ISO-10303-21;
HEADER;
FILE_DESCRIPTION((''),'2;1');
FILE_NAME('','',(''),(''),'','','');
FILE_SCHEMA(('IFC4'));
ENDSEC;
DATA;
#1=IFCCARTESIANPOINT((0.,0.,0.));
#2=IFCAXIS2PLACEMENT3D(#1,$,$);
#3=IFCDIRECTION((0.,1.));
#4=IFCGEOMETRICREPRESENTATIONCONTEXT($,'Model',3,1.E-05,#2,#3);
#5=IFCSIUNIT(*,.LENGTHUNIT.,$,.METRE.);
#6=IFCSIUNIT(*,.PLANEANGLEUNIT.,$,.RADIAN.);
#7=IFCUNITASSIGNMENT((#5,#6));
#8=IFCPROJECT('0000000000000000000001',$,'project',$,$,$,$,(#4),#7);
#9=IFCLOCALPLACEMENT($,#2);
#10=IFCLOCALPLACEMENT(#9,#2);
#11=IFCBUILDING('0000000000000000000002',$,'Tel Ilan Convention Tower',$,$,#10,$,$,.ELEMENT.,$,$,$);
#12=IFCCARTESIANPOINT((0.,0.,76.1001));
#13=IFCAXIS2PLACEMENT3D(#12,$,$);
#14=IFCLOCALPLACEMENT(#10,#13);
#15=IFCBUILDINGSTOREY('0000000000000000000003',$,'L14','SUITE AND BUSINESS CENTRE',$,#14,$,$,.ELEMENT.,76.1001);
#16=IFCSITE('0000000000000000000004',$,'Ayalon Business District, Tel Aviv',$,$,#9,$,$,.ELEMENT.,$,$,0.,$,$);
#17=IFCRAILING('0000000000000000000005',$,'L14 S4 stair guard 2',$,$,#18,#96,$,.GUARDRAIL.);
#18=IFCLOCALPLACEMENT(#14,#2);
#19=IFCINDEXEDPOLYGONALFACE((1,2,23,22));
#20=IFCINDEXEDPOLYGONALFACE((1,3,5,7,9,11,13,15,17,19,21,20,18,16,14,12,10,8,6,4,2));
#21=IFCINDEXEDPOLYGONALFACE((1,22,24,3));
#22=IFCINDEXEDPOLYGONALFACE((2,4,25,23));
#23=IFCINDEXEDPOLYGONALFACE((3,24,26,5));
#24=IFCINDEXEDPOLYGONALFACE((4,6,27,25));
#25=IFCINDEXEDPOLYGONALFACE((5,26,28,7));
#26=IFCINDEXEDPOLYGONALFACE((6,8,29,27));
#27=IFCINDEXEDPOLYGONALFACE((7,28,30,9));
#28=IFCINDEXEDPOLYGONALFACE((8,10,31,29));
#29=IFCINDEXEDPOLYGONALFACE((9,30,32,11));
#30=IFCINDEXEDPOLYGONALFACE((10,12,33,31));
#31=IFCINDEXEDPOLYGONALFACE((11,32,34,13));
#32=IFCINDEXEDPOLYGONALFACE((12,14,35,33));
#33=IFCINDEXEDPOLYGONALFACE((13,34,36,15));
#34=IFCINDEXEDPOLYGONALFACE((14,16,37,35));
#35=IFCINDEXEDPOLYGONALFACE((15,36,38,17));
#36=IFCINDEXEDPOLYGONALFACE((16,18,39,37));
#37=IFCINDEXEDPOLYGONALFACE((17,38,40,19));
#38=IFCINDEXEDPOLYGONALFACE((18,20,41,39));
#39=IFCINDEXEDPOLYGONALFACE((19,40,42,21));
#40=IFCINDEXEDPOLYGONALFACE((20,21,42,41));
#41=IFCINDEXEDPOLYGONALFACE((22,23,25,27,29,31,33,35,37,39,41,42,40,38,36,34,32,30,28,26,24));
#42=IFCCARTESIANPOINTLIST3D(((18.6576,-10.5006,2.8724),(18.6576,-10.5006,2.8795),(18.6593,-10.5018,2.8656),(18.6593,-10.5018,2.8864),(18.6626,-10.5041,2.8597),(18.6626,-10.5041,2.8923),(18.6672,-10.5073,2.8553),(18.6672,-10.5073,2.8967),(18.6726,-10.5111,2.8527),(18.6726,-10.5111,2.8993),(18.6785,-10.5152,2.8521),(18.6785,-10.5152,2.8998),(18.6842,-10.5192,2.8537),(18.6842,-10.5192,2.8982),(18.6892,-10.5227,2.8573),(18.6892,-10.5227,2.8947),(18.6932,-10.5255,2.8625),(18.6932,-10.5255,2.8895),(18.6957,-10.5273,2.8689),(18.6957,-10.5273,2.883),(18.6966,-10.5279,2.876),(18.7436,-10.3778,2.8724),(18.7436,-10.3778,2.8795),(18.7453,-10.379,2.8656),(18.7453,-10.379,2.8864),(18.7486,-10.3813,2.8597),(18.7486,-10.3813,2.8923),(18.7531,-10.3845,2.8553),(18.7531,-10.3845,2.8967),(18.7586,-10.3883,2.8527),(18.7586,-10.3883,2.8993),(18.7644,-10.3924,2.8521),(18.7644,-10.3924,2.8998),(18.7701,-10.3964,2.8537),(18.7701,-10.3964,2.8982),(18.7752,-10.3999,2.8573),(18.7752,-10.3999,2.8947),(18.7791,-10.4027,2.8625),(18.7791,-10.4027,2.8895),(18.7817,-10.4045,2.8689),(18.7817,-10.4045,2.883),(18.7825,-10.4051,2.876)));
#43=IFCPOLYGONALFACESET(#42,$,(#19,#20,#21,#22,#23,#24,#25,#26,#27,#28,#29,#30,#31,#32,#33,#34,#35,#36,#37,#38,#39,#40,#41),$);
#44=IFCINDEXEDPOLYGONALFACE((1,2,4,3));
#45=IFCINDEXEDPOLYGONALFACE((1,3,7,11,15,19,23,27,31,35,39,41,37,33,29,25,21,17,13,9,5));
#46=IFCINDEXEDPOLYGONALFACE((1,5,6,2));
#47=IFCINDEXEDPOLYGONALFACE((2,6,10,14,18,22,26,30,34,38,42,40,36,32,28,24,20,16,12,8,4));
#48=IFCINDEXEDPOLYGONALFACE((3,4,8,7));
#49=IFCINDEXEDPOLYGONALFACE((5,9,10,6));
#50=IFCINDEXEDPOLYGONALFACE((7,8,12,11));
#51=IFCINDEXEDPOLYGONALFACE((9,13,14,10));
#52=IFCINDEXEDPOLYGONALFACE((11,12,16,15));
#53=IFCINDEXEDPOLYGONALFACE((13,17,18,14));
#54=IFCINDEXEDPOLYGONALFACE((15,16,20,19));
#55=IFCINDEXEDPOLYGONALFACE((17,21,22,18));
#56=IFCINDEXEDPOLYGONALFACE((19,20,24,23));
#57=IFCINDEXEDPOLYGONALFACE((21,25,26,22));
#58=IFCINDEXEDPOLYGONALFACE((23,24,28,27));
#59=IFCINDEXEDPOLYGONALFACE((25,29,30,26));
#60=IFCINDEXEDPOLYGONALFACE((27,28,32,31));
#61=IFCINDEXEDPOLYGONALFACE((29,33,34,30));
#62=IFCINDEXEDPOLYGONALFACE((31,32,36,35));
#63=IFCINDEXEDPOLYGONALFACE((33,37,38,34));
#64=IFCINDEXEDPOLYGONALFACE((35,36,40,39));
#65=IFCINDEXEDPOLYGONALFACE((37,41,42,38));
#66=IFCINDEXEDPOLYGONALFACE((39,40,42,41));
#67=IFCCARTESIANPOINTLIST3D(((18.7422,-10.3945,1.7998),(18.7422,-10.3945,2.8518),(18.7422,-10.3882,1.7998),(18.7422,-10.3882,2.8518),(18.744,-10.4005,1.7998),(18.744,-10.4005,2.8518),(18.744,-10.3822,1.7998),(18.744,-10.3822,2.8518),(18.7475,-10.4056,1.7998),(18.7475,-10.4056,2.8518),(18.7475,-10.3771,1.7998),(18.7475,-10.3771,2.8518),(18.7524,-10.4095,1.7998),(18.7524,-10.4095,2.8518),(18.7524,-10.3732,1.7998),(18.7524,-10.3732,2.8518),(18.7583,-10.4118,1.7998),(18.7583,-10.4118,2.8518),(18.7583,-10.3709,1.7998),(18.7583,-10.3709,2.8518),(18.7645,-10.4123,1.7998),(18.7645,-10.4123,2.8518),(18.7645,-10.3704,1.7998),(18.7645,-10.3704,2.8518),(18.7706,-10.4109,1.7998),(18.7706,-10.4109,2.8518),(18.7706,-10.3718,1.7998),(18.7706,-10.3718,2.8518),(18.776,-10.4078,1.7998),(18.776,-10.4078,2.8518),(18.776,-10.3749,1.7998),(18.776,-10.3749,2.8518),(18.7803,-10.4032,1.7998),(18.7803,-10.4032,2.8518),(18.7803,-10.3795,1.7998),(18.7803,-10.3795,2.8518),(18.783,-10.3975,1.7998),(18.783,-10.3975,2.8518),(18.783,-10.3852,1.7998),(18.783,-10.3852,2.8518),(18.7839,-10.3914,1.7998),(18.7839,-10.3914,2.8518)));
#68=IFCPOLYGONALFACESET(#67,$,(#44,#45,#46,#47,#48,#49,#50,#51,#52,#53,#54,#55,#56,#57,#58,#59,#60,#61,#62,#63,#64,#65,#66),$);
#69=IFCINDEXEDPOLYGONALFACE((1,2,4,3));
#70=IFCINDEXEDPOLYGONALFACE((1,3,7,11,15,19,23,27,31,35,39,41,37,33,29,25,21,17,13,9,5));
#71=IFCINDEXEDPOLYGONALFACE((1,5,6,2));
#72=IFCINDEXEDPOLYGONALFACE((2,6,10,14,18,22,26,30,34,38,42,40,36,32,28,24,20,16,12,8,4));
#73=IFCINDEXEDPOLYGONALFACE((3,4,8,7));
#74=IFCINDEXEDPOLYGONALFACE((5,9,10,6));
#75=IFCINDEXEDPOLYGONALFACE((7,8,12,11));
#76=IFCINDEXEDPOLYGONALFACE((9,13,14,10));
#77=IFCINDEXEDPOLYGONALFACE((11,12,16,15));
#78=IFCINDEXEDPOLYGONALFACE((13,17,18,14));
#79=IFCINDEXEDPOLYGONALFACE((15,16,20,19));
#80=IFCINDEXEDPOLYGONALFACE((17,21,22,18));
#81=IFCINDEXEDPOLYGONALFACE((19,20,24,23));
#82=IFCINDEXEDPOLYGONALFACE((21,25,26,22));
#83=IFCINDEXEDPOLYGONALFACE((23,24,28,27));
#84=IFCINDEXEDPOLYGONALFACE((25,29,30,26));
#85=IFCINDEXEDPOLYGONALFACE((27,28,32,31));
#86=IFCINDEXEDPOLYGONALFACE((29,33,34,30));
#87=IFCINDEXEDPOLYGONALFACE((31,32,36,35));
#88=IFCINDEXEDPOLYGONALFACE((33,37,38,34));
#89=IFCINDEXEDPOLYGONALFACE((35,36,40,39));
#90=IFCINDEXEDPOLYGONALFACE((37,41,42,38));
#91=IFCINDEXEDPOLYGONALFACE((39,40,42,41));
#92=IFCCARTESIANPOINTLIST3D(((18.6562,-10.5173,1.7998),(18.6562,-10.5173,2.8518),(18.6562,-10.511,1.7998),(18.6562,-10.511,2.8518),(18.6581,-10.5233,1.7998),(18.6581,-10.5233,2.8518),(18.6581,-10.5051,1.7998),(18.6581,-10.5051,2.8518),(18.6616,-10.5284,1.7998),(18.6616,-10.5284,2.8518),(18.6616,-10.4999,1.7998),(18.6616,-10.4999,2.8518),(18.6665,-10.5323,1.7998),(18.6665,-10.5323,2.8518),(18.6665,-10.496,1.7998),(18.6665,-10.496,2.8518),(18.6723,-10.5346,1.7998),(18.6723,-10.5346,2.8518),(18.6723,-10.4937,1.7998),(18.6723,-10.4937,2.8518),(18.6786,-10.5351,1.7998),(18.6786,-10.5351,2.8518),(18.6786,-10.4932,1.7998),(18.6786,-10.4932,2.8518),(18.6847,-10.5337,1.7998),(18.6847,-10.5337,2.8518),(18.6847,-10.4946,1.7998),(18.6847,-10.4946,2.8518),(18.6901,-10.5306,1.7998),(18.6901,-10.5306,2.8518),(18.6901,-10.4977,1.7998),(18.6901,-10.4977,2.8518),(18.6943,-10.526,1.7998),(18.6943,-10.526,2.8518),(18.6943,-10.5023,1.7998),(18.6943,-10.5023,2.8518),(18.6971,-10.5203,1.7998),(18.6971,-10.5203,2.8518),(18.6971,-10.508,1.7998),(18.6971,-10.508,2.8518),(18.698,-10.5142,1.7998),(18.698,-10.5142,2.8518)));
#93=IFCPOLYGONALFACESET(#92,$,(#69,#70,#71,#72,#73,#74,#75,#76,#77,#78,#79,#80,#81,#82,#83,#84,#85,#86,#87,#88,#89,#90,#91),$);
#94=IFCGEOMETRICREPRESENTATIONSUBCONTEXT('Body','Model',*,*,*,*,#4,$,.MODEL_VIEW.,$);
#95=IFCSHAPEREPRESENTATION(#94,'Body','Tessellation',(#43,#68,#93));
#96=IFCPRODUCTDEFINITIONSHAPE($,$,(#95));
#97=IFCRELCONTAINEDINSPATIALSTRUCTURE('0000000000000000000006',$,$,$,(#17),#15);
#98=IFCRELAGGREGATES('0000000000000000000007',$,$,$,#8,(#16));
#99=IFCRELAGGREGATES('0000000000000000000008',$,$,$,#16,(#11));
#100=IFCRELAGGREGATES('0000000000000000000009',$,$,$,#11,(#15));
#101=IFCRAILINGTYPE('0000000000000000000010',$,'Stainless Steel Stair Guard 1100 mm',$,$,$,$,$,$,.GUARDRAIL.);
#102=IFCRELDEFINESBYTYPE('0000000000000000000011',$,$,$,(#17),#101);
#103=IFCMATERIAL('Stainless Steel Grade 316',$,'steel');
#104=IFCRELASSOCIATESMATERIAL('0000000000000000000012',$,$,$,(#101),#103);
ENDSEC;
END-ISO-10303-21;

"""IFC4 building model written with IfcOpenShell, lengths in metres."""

from ifc_helpers import new_model, si_unit, direction, frame, origin, origin_2d, place, context, subcontext, project, spatial, circle, extrude, material, type_object, element, save


model = new_model("IFC4")

# Units and contexts
model_context = context("Model", 3, precision=1e-05, world=origin(), true_north=direction((0.0, 1.0)))
body_context = subcontext(model_context, "Body", "Model", "MODEL_VIEW")
ifc_project = project(units=[si_unit("LENGTHUNIT", "METRE"), si_unit("PLANEANGLEUNIT", "RADIAN")], contexts=[model_context])

# Site, building, storey
site_placement = place(None, origin())
site = spatial("IfcSite", under=ifc_project, at=site_placement, Name="Ayalon Business District, Tel Aviv", CompositionType="ELEMENT", RefElevation=0.0)
building_placement = place(site_placement, origin())
building = spatial("IfcBuilding", under=site, at=building_placement, Name="Tel Ilan Convention Tower", CompositionType="ELEMENT")
storey_placement = place(building_placement, frame((0.0, 0.0, 76.1001)))
storey = spatial("IfcBuildingStorey", under=building, at=storey_placement, Name="L14", Description="SUITE AND BUSINESS CENTRE", CompositionType="ELEMENT", Elevation=76.1001)

# Railing
ifc_material_1 = material(Name="Stainless Steel Grade 316", Category="steel")
railing_type_1 = type_object("IfcRailingType", Name="Stainless Steel Stair Guard 1100 mm", PredefinedType="GUARDRAIL", material=ifc_material_1)
railing_1_placement = place(storey_placement, frame((18.7629, -10.3914, 1.7998)))
element("IfcRailing", 1, at=railing_1_placement, inside=storey, type_object=railing_type_1, Name="L14 S4 stair guard 2", PredefinedType="GUARDRAIL", context=body_context, shape_type="SweptSolid", body=[
    extrude(circle(Radius=0.0239, at=origin_2d()), frame((0.0, 0.0, 1.0762), z_axis=(-0.573353, -0.819308, 0.0), x_axis=(0.819308, -0.573353, 0.0)), (0.0, 0.0, 1.0), 0.1499),
    extrude(circle(Radius=0.021, at=origin_2d()), origin(), (0.0, 0.0, 1.0), 1.052),
    extrude(circle(Radius=0.021, at=origin_2d()), frame((-0.0859, -0.1228, 0.0)), (0.0, 0.0, 1.0), 1.052),
])

save(model, "model.ifc")
